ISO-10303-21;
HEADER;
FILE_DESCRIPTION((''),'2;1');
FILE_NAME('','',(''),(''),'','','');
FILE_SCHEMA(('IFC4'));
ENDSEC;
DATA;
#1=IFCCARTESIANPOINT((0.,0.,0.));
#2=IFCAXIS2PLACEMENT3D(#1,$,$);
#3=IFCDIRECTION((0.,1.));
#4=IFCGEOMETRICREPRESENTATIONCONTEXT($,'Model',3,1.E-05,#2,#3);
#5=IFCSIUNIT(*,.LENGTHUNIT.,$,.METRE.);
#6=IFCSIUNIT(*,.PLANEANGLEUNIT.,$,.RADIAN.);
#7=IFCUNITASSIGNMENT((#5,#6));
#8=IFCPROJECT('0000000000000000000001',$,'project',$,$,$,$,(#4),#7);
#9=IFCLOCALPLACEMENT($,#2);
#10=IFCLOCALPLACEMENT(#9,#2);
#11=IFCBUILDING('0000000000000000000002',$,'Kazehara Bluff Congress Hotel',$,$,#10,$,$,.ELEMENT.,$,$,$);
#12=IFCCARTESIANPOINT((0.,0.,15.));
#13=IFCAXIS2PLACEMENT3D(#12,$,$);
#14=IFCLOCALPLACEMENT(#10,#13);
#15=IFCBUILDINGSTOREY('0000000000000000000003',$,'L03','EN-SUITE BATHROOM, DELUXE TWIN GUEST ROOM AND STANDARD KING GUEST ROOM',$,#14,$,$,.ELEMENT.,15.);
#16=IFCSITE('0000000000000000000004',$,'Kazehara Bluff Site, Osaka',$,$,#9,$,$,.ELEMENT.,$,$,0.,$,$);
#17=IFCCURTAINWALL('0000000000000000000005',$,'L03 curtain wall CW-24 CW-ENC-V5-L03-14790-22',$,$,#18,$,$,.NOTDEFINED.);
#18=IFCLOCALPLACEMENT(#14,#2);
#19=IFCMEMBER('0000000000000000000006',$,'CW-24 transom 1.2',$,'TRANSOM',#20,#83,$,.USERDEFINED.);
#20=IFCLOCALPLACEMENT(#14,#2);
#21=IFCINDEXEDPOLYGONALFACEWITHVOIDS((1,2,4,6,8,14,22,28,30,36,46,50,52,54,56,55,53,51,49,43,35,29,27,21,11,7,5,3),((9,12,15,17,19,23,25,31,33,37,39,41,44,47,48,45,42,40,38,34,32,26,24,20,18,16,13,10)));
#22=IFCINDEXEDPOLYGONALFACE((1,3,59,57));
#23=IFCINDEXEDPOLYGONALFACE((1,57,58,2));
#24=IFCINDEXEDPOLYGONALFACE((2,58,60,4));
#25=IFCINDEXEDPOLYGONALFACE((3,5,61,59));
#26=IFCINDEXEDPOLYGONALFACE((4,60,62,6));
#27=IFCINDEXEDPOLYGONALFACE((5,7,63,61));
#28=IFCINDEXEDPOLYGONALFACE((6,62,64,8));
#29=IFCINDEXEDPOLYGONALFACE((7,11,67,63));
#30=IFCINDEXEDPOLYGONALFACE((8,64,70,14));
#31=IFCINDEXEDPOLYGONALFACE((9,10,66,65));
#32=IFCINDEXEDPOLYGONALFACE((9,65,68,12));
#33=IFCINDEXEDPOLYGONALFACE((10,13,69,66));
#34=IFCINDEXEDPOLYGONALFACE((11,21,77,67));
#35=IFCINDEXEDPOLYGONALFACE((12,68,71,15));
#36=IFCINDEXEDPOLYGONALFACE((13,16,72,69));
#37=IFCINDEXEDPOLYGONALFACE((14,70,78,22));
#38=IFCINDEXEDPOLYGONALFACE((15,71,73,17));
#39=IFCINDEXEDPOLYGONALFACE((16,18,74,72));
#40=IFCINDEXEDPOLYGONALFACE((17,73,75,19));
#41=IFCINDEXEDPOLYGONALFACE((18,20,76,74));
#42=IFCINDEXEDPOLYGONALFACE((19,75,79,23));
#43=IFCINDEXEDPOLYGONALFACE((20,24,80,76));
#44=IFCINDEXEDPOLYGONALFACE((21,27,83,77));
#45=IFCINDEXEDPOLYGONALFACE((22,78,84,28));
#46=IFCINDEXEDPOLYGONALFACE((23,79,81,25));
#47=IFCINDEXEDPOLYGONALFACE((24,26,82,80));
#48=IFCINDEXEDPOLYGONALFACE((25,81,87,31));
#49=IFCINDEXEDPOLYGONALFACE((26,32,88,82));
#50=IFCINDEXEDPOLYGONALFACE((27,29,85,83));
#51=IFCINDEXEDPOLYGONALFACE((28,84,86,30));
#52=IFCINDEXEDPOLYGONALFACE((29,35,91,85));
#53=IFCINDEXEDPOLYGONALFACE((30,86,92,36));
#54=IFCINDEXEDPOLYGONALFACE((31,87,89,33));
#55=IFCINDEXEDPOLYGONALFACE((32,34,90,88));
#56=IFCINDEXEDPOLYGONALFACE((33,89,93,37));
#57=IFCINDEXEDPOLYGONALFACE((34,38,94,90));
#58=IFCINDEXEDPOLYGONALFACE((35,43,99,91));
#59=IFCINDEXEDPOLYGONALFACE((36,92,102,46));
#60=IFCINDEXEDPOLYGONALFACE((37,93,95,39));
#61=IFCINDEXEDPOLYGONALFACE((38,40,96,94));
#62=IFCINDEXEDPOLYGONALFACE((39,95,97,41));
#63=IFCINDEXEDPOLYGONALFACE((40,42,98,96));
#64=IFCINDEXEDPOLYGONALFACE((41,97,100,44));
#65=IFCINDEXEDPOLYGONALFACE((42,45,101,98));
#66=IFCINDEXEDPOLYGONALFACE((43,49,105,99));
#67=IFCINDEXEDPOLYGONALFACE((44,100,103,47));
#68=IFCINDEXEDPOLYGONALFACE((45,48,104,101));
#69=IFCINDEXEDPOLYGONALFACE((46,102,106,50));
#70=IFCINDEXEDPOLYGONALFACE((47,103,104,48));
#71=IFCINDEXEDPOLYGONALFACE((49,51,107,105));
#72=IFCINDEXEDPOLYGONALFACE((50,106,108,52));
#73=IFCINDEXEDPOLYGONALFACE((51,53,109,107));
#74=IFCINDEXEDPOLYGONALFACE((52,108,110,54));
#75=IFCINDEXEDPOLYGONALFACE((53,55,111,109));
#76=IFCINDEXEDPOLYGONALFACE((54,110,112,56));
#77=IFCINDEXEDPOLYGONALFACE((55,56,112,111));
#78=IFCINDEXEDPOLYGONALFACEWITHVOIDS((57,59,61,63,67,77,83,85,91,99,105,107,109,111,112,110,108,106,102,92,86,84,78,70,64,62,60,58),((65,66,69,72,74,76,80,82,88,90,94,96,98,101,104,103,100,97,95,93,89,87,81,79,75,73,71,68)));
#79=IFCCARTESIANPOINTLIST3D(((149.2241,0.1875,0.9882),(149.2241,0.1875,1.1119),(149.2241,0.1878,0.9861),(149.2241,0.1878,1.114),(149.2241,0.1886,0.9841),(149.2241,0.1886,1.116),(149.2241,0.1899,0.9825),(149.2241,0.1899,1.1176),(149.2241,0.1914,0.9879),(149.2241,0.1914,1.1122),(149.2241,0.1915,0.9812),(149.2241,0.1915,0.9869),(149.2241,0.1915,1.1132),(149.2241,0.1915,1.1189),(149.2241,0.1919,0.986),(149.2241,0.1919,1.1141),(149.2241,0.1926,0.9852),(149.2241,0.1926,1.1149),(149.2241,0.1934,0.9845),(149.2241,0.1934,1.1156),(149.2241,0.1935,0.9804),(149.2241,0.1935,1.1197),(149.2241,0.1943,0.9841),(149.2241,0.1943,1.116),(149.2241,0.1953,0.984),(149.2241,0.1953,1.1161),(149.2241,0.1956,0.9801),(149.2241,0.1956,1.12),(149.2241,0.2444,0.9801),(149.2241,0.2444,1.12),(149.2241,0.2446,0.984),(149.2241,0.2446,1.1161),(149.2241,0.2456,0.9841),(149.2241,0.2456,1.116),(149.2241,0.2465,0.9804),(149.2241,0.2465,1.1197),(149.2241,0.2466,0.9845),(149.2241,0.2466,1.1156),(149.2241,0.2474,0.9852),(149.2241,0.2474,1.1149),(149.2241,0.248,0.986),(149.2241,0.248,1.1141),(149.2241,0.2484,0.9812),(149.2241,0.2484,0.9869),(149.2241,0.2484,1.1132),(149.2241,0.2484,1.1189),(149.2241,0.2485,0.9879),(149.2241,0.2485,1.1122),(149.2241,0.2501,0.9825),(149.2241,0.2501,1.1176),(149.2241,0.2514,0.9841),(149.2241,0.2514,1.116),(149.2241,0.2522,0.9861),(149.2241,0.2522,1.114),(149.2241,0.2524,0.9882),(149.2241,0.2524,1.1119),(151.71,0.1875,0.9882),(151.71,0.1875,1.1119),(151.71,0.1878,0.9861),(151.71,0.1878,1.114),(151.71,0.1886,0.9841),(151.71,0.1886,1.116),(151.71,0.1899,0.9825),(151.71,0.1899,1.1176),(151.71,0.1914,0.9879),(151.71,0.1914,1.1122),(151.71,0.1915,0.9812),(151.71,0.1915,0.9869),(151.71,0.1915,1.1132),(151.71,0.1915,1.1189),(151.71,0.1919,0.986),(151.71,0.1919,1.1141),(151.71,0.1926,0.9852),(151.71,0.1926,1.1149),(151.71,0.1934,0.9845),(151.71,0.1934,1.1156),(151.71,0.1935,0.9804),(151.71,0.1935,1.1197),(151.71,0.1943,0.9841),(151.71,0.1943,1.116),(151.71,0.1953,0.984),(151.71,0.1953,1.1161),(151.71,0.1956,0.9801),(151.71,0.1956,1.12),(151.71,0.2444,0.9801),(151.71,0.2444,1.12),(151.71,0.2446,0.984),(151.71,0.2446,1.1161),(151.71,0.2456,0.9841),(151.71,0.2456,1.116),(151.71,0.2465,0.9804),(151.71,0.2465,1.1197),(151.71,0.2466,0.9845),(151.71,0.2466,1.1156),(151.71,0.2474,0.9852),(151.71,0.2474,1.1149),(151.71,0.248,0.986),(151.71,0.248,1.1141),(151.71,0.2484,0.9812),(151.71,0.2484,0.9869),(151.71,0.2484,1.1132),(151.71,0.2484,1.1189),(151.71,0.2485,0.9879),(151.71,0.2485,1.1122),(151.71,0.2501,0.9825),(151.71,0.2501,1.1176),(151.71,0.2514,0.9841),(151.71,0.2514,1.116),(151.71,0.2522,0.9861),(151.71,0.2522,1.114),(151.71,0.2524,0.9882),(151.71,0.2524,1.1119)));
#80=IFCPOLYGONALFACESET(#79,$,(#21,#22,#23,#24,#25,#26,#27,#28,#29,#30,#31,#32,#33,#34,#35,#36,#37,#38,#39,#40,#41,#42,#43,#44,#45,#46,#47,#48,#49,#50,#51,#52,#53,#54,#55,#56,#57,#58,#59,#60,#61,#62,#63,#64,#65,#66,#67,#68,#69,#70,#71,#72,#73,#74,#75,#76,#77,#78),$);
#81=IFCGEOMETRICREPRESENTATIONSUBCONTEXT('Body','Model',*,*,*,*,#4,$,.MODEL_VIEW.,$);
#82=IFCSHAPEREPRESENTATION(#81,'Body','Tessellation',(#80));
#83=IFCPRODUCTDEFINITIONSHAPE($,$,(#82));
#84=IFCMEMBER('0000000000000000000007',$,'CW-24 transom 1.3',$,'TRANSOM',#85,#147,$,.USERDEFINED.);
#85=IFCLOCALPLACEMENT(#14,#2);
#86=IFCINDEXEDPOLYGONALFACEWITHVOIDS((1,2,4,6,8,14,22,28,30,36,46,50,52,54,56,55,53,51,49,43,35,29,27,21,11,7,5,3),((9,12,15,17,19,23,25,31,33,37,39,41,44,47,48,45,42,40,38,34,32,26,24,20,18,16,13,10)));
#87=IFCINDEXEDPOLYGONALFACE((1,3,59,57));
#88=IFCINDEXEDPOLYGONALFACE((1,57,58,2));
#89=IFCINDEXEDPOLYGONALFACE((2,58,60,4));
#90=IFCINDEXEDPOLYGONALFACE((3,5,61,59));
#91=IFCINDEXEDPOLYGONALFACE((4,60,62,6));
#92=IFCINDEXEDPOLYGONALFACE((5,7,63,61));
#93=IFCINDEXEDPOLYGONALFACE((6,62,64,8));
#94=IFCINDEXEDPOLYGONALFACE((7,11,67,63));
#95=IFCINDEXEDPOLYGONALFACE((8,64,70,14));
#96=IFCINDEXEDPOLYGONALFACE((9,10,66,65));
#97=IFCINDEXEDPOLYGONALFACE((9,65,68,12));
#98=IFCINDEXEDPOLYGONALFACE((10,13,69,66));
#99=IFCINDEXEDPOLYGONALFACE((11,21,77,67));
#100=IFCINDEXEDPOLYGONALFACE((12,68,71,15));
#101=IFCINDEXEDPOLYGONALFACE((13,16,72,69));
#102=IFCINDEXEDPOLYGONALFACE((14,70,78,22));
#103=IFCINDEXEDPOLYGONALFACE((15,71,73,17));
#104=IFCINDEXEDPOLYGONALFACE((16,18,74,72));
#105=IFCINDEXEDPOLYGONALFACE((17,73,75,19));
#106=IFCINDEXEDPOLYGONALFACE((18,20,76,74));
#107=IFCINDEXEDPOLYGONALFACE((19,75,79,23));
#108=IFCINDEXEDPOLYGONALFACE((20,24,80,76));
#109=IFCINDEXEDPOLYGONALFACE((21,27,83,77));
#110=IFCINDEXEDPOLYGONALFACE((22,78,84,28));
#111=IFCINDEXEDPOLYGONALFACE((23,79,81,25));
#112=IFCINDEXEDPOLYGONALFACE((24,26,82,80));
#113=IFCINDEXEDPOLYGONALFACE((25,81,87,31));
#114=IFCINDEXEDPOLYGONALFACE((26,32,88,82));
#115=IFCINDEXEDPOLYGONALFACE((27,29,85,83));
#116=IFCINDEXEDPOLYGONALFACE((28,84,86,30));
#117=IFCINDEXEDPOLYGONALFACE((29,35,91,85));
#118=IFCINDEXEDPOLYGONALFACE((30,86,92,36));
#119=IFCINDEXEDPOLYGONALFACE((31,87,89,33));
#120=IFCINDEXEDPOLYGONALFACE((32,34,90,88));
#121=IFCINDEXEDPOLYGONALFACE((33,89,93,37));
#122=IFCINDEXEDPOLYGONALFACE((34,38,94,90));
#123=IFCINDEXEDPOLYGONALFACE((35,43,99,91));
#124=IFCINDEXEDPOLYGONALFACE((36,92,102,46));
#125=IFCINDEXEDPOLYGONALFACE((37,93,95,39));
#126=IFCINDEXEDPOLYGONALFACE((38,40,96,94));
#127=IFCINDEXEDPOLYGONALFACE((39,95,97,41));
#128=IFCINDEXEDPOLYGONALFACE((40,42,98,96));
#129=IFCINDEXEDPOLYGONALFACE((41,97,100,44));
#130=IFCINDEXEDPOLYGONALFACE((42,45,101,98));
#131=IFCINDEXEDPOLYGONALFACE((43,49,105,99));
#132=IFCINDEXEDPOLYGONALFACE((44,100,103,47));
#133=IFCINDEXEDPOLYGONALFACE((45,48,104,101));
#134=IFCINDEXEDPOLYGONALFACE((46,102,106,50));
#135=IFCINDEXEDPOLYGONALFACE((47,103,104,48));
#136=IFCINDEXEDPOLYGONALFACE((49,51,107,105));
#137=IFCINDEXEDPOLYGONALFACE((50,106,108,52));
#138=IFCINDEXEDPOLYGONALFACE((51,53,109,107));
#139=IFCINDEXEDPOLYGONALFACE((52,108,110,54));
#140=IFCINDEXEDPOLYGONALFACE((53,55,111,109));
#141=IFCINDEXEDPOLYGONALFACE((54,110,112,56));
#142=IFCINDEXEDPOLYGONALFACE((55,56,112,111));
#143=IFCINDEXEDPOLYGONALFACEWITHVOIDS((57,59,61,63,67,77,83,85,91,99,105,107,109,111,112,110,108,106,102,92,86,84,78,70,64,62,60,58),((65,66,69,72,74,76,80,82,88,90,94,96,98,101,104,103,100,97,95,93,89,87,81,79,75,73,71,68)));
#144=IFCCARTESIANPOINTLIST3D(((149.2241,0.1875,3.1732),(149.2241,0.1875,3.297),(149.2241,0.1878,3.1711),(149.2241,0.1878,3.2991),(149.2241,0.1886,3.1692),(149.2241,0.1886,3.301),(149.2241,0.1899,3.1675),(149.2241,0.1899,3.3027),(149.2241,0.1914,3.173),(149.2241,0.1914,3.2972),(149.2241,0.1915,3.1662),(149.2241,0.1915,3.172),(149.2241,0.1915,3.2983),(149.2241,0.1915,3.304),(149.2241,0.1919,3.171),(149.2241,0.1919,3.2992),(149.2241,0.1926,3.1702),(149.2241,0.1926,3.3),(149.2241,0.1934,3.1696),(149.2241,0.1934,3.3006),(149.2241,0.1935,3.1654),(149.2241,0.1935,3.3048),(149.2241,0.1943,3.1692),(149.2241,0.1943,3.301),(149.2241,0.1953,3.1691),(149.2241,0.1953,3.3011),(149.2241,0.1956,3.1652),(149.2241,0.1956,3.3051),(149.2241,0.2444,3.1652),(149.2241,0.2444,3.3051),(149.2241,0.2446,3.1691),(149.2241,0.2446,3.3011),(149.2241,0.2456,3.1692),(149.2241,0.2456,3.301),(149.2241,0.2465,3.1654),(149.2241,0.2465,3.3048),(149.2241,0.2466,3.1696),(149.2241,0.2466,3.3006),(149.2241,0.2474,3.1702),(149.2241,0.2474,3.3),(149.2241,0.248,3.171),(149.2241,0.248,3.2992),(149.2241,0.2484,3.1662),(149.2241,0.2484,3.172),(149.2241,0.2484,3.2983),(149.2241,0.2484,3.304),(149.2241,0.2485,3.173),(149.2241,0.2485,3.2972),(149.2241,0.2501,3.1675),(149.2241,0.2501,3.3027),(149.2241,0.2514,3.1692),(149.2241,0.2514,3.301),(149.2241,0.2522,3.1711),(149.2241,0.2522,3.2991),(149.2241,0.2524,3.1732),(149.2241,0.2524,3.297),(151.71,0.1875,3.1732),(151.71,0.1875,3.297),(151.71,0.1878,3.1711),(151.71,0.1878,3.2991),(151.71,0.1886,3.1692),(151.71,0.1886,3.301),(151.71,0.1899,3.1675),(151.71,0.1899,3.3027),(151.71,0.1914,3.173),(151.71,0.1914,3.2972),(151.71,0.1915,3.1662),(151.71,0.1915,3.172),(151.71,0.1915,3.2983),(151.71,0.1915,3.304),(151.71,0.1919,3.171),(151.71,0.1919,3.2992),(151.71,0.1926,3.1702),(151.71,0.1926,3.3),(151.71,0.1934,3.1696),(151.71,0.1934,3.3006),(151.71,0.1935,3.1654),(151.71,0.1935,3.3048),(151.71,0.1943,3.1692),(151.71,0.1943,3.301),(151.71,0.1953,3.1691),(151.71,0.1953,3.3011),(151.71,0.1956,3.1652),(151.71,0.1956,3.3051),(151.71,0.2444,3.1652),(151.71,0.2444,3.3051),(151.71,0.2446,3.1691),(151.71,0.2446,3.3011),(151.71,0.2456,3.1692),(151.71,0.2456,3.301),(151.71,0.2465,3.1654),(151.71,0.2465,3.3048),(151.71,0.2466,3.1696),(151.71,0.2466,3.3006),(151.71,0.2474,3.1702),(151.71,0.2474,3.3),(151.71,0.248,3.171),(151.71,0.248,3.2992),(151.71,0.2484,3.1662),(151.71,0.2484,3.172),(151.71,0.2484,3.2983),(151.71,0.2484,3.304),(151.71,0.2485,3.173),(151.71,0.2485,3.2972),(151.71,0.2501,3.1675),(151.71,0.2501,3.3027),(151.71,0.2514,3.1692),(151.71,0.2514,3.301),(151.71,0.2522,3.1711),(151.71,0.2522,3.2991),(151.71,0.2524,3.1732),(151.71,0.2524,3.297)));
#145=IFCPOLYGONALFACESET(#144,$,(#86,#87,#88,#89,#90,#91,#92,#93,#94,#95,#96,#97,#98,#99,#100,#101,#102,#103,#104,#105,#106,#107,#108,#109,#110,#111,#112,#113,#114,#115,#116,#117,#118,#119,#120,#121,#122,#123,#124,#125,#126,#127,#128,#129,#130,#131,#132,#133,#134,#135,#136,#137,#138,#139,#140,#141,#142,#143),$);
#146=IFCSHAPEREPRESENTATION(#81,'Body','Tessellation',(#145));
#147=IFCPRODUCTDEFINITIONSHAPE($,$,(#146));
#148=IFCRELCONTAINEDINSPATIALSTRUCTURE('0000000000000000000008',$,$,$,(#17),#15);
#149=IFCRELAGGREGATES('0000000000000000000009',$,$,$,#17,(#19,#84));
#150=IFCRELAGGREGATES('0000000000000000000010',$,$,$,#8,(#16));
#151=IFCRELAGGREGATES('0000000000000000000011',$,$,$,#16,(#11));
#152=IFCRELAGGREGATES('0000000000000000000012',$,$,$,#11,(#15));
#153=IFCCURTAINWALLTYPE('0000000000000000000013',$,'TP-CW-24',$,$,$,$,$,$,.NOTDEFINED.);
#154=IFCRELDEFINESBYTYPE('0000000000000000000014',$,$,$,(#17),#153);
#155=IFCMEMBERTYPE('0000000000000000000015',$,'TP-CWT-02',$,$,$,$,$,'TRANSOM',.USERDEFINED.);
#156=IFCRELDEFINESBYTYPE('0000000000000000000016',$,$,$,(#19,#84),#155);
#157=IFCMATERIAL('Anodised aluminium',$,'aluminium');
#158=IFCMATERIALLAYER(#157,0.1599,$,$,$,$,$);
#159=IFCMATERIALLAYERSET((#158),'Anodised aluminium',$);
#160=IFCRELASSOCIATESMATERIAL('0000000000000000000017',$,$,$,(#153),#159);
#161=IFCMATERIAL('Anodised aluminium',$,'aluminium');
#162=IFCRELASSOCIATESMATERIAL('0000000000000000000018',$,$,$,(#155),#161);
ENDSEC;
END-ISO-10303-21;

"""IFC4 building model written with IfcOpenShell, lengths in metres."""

from ifc_helpers import new_model, si_unit, direction, frame, origin, origin_2d, place, context, subcontext, project, spatial, hollow_rectangle, extrude, material, layer, layer_set, material_profile, profile_set, type_object, element, aggregate, save


model = new_model("IFC4")

# Units and contexts
model_context = context("Model", 3, precision=1e-05, world=origin(), true_north=direction((0.0, 1.0)))
body_context = subcontext(model_context, "Body", "Model", "MODEL_VIEW")
ifc_project = project(units=[si_unit("LENGTHUNIT", "METRE"), si_unit("PLANEANGLEUNIT", "RADIAN")], contexts=[model_context])

# Site, building, storey
site_placement = place(None, origin())
site = spatial("IfcSite", under=ifc_project, at=site_placement, Name="Kazehara Bluff Site, Osaka", CompositionType="ELEMENT", RefElevation=0.0)
building_placement = place(site_placement, origin())
building = spatial("IfcBuilding", under=site, at=building_placement, Name="Kazehara Bluff Congress Hotel", CompositionType="ELEMENT")
storey_placement = place(building_placement, frame((0.0, 0.0, 15.0)))
storey = spatial("IfcBuildingStorey", under=building, at=storey_placement, Name="L03", Description="EN-SUITE BATHROOM, DELUXE TWIN GUEST ROOM AND STANDARD KING GUEST ROOM", CompositionType="ELEMENT", Elevation=15.0)

# Curtain wall
ifc_material_1 = material(Name="Anodised aluminium", Category="aluminium")
ifc_layer_1 = layer(ifc_material_1, 0.1599)
ifc_layer_set_1 = layer_set([ifc_layer_1], Name="Anodised aluminium")
curtain_wall_type = type_object("IfcCurtainWallType", Name="TP-CW-24", PredefinedType="NOTDEFINED", material=ifc_layer_set_1)
curtain_wall_1_placement = place(storey_placement, origin())
curtain_wall_1 = element("IfcCurtainWall", 1, at=curtain_wall_1_placement, inside=storey, type_object=curtain_wall_type, Name="L03 curtain wall CW-24 CW-ENC-V5-L03-14790-22", PredefinedType="NOTDEFINED")

# Members
ifc_material_2 = material(Name="Anodised aluminium", Category="aluminium")
ifc_material_profile_1 = material_profile(ifc_material_2, hollow_rectangle(XDim=0.0649, YDim=0.1399, WallThickness=0.0039, InnerFilletRadius=0.0039, OuterFilletRadius=0.0081, at=origin_2d()))
ifc_profile_set_1 = profile_set([ifc_material_profile_1], Name="Anodised aluminium")
member_type_1 = type_object("IfcMemberType", Name="TP-CWT-02", ElementType="TRANSOM", PredefinedType="USERDEFINED", material=ifc_profile_set_1)
member_1_placement = place(storey_placement, frame((151.71, 0.22, 1.05), z_axis=(-1.0, 0.0, 0.0), x_axis=(0.0, -1.0, 0.0)))
member_1 = element("IfcMember", 2, at=member_1_placement, type_object=member_type_1, Name="CW-24 transom 1.2", ObjectType="TRANSOM", PredefinedType="USERDEFINED", context=body_context, shape_type="SweptSolid", body=[
    extrude(hollow_rectangle(XDim=0.0649, YDim=0.1399, WallThickness=0.0039, InnerFilletRadius=0.0039, OuterFilletRadius=0.0081, at=origin_2d()), origin(), (0.0, 0.0, 1.0), 2.4858),
])
member_2_placement = place(storey_placement, frame((151.71, 0.22, 3.2351), z_axis=(-1.0, 0.0, 0.0), x_axis=(0.0, -1.0, 0.0)))
member_2 = element("IfcMember", 3, at=member_2_placement, type_object=member_type_1, Name="CW-24 transom 1.3", ObjectType="TRANSOM", PredefinedType="USERDEFINED", context=body_context, shape_type="SweptSolid", body=[
    extrude(hollow_rectangle(XDim=0.0649, YDim=0.1399, WallThickness=0.0039, InnerFilletRadius=0.0039, OuterFilletRadius=0.0081, at=origin_2d()), origin(), (0.0, 0.0, 1.0), 2.4858),
])

aggregate(curtain_wall_1, [member_1, member_2])

save(model, "model.ifc")
